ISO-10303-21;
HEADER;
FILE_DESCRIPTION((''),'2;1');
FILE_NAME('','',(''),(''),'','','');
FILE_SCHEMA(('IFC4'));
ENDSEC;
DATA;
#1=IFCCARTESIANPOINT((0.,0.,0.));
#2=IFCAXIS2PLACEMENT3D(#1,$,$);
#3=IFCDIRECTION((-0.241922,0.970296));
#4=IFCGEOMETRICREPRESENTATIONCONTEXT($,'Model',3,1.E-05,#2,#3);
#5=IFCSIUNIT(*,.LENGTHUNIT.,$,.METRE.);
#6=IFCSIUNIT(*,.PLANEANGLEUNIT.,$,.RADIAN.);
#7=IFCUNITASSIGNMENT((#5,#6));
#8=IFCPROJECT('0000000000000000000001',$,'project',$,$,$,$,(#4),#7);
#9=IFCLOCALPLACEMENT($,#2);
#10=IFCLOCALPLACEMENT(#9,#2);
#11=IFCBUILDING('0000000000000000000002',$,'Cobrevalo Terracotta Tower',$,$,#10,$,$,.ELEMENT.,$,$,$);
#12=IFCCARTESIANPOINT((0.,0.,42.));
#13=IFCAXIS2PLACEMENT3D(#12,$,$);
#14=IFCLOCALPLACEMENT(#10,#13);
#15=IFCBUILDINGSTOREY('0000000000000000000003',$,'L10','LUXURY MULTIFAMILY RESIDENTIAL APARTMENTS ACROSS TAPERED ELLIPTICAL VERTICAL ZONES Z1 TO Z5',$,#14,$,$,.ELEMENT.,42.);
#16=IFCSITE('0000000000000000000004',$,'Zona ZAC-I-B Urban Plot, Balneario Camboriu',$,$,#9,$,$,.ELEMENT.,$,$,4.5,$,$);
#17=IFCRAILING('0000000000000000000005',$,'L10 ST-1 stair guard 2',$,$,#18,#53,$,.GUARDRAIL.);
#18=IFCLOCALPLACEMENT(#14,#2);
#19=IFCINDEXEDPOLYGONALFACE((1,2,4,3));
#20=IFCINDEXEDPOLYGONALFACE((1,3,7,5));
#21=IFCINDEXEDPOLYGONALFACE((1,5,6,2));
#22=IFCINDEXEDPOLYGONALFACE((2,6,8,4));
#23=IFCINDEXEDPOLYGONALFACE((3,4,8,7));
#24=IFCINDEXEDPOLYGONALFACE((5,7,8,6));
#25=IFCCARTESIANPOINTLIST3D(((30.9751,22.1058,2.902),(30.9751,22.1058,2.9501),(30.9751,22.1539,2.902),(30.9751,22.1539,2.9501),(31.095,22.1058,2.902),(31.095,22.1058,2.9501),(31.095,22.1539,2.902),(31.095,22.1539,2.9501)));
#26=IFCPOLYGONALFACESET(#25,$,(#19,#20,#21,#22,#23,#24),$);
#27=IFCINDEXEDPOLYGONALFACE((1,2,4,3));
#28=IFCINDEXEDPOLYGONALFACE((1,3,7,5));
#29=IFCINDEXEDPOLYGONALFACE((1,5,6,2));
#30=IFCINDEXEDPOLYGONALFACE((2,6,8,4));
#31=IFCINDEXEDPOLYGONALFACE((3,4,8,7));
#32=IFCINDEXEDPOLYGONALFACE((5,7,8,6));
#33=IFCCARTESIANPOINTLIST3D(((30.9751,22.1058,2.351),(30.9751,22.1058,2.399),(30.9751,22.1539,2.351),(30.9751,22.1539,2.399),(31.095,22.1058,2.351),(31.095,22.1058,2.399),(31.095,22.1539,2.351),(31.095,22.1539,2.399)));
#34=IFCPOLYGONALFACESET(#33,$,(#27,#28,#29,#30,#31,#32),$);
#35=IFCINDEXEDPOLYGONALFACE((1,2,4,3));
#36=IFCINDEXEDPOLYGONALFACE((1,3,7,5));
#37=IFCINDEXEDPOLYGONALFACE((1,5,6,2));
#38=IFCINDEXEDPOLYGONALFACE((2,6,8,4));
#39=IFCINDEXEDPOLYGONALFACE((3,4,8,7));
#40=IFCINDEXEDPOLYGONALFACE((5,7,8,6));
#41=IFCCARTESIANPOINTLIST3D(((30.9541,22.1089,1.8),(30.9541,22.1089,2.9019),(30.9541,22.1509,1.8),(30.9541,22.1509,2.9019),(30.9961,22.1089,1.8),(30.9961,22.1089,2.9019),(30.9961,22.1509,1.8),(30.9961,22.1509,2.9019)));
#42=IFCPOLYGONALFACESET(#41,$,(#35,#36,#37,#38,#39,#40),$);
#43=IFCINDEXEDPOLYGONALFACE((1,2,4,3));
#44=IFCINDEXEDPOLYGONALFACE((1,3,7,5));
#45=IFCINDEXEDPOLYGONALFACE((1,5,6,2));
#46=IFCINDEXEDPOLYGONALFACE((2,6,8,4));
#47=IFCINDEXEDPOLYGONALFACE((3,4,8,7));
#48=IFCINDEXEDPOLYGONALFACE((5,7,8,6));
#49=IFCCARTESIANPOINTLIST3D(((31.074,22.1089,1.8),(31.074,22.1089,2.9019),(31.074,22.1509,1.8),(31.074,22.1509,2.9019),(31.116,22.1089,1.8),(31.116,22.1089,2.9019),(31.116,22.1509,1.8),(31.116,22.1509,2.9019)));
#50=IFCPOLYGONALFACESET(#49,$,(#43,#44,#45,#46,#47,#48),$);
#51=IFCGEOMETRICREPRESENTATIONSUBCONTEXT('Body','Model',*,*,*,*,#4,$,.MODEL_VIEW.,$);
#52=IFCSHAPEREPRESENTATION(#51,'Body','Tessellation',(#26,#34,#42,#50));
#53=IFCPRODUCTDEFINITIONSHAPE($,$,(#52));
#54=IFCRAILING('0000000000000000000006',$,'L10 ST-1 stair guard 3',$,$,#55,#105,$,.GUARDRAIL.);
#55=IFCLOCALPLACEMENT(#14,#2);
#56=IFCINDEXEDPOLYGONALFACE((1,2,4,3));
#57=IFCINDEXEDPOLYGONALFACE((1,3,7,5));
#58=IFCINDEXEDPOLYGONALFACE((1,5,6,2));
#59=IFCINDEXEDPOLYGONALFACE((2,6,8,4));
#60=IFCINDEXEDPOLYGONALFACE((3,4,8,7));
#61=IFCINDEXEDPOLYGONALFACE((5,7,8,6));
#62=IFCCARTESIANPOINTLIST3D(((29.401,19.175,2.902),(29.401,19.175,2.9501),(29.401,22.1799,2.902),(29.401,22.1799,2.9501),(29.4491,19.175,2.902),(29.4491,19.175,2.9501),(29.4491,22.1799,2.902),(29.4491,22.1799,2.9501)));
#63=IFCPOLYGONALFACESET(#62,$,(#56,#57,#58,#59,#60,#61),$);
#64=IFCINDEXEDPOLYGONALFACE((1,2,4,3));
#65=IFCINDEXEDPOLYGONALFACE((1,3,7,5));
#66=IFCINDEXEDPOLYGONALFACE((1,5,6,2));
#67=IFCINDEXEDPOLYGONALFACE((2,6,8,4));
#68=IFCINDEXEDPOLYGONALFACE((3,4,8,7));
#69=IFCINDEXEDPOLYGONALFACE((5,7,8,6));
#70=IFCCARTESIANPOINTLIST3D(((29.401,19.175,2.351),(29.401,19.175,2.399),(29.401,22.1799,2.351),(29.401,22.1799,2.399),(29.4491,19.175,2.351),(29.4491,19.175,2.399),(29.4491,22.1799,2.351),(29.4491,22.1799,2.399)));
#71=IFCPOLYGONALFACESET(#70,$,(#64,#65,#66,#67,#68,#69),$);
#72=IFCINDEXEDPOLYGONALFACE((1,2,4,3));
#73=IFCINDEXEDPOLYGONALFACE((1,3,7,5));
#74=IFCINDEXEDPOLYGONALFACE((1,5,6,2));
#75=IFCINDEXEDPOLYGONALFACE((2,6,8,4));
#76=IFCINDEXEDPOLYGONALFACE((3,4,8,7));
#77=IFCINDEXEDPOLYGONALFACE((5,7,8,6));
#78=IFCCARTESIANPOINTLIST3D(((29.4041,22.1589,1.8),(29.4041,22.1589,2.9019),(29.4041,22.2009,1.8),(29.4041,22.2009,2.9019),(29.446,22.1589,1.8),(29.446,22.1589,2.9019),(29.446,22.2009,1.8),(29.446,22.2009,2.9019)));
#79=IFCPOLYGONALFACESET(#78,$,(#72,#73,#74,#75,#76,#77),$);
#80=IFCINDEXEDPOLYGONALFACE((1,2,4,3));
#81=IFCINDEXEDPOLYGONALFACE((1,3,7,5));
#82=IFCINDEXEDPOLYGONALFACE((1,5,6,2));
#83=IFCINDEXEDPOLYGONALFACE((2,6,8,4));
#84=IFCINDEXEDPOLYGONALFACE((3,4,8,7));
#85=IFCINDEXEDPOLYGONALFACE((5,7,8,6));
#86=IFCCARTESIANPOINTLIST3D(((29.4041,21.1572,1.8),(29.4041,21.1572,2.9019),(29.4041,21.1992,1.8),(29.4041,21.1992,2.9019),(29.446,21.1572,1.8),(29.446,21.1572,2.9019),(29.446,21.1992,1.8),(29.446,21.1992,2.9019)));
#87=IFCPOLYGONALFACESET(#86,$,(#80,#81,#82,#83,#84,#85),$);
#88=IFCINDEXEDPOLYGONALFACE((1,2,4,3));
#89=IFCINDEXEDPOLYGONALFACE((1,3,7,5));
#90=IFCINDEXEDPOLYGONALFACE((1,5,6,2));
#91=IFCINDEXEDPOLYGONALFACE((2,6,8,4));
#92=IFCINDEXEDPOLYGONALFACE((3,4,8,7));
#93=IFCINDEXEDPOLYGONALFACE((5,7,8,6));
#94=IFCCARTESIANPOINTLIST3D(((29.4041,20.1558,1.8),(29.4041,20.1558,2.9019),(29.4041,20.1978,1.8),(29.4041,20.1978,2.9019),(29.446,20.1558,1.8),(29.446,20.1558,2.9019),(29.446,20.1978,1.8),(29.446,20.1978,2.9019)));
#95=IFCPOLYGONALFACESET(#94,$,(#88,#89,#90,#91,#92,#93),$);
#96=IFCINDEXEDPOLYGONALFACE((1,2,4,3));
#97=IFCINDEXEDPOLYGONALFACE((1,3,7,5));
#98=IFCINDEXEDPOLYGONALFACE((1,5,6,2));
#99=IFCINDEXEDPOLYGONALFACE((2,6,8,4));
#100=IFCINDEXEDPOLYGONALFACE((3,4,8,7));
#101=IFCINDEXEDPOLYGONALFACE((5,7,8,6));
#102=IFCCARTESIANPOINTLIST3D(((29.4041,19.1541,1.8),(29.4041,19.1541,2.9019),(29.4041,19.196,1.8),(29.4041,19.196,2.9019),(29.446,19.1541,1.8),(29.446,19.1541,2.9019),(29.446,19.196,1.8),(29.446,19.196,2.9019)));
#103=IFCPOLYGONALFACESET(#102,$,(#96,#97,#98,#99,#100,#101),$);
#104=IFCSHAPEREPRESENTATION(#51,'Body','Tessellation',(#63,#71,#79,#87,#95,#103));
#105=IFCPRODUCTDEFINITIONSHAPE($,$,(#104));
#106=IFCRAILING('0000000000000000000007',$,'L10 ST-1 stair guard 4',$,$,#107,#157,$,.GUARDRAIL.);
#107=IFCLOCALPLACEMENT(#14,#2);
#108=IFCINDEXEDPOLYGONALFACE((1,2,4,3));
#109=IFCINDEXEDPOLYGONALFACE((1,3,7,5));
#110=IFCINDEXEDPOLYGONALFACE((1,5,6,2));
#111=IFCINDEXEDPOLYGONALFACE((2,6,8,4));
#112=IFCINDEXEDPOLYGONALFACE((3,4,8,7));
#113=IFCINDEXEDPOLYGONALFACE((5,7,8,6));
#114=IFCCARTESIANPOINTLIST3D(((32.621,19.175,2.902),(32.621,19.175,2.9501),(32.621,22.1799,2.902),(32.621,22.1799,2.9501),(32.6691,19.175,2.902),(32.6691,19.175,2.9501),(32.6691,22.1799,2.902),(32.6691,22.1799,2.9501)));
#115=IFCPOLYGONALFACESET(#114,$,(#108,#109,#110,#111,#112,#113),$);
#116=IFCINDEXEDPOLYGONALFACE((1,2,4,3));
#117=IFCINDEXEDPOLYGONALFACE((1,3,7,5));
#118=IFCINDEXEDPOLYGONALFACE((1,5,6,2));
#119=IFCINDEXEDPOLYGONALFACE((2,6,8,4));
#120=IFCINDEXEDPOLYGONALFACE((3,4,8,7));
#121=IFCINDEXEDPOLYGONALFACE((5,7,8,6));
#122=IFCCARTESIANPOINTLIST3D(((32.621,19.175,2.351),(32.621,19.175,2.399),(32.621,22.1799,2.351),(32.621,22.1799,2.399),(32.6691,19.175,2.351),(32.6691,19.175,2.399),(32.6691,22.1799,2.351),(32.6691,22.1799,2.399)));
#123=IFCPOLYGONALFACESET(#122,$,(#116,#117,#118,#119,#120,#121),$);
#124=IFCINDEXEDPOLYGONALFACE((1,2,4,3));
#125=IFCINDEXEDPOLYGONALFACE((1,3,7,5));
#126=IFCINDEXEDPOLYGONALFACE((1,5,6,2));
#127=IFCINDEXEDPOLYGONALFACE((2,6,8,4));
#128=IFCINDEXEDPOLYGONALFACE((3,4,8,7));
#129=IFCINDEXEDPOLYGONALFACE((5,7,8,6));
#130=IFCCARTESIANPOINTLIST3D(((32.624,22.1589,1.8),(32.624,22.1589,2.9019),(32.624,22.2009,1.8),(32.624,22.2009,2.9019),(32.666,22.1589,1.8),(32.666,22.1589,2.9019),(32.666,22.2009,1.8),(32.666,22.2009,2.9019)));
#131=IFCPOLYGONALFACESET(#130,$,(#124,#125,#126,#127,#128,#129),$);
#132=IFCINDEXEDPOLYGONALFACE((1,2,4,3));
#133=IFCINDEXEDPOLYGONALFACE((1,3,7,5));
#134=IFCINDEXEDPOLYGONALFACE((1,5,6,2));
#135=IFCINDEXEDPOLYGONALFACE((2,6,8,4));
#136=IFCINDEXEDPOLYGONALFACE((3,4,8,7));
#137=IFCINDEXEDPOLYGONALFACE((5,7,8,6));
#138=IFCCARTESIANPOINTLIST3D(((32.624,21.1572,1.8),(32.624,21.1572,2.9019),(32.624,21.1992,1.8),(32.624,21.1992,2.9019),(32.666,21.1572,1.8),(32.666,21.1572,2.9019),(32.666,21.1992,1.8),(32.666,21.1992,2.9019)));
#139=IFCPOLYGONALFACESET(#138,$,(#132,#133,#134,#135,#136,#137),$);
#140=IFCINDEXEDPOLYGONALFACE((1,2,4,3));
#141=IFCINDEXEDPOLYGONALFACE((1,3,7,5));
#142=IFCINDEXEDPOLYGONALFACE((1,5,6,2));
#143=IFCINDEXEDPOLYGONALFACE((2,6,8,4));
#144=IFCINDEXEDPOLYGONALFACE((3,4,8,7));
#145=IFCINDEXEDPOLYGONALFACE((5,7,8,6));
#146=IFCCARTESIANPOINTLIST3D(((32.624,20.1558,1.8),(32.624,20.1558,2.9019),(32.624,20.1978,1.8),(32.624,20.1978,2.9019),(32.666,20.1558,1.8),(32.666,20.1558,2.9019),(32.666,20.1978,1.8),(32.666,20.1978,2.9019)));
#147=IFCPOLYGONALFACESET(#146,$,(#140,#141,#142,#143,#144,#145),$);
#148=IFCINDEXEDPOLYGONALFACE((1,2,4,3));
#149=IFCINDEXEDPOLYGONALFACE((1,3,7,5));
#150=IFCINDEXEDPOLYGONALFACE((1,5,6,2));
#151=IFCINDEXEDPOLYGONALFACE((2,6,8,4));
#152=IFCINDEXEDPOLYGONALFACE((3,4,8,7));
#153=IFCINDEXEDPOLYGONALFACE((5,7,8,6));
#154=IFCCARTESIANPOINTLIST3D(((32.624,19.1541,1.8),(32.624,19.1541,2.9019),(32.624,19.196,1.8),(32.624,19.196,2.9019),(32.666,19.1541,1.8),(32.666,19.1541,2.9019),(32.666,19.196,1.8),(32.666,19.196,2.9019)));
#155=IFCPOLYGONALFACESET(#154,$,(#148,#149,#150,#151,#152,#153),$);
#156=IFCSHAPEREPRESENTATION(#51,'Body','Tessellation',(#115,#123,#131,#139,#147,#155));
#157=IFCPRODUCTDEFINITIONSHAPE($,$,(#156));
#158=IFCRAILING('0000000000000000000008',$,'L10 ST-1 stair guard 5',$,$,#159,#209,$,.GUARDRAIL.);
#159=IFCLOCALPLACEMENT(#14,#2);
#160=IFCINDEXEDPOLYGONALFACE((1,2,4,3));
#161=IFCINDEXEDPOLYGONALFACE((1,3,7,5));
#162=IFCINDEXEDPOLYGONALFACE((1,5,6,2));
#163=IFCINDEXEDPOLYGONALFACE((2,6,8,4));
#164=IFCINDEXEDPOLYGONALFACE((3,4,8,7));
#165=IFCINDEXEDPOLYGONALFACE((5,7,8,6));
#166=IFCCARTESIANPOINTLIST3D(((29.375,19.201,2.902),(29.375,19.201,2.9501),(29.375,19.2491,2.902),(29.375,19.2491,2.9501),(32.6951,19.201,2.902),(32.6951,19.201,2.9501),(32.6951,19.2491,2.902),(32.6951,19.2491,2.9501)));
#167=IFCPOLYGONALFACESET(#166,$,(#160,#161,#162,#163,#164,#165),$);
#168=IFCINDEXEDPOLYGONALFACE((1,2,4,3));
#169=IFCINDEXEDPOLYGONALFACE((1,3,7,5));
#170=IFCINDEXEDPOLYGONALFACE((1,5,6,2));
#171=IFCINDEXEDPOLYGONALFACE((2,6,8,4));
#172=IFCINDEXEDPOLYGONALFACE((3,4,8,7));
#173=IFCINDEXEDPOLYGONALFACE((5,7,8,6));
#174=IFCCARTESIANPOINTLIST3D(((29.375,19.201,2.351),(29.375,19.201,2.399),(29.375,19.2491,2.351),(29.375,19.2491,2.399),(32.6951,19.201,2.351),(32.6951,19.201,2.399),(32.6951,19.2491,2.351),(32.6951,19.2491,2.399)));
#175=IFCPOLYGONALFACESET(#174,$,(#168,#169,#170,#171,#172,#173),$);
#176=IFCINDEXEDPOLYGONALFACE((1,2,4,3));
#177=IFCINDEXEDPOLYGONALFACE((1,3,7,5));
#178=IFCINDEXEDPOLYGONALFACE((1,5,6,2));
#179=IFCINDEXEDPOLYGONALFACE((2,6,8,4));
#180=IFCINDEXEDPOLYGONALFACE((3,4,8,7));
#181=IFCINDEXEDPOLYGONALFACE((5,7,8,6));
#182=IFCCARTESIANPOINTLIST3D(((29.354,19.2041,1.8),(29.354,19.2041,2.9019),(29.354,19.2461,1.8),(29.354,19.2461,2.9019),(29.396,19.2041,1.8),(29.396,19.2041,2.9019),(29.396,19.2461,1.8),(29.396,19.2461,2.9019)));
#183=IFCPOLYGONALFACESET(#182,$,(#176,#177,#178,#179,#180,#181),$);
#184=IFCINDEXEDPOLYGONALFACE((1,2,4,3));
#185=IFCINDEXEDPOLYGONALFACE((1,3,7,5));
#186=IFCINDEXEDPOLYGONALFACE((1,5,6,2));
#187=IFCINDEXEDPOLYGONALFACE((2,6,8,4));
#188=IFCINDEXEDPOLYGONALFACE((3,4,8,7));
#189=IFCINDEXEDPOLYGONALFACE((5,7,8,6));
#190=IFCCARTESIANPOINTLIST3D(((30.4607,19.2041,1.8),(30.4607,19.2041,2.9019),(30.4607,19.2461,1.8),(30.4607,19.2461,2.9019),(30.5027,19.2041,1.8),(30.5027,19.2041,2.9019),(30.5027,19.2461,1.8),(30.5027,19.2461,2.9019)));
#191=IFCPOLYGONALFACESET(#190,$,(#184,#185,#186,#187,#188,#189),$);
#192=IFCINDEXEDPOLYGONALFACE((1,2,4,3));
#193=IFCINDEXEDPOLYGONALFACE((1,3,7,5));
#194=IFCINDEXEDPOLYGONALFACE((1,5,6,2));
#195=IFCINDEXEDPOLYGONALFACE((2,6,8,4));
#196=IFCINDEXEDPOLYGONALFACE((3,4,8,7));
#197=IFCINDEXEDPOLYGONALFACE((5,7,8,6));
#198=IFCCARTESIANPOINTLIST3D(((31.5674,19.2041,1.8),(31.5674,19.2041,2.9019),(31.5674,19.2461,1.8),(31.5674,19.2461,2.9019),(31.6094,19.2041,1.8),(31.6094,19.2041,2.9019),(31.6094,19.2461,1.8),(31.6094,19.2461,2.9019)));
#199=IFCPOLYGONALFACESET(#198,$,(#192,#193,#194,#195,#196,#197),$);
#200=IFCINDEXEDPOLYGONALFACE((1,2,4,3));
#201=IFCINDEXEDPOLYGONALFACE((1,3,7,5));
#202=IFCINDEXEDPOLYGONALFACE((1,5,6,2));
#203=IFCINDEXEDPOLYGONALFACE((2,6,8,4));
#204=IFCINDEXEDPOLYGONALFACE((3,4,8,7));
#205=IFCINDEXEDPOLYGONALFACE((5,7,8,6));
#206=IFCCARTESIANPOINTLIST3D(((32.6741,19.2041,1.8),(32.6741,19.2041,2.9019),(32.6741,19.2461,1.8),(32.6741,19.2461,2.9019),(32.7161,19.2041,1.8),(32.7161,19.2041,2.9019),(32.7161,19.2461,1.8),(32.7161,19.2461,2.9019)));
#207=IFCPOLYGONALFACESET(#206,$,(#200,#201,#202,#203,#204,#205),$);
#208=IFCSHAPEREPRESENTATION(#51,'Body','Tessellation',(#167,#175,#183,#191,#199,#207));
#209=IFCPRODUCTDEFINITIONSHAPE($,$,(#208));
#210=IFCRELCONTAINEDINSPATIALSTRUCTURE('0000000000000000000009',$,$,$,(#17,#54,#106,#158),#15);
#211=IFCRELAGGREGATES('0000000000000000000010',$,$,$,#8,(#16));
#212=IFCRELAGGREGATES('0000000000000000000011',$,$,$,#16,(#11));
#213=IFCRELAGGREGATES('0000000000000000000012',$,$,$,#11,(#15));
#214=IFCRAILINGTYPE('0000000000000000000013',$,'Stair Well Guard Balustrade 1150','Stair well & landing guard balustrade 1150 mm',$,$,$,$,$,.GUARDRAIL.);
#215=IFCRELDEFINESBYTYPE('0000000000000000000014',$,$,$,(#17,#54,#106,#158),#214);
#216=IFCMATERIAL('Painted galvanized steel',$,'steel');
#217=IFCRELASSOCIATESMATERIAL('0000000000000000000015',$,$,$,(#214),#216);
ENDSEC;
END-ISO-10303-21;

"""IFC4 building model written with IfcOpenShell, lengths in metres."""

from ifc_helpers import new_model, si_unit, direction, frame, origin, origin_2d, place, context, subcontext, project, spatial, rectangle, extrude, material, type_object, element, save


model = new_model("IFC4")

# Units and contexts
model_context = context("Model", 3, precision=1e-05, world=origin(), true_north=direction((-0.241922, 0.970296)))
body_context = subcontext(model_context, "Body", "Model", "MODEL_VIEW")
ifc_project = project(units=[si_unit("LENGTHUNIT", "METRE"), si_unit("PLANEANGLEUNIT", "RADIAN")], contexts=[model_context])

# Site, building, storey
site_placement = place(None, origin())
site = spatial("IfcSite", under=ifc_project, at=site_placement, Name="Zona ZAC-I-B Urban Plot, Balneario Camboriu", CompositionType="ELEMENT", RefElevation=4.5)
building_placement = place(site_placement, origin())
building = spatial("IfcBuilding", under=site, at=building_placement, Name="Cobrevalo Terracotta Tower", CompositionType="ELEMENT")
storey_placement = place(building_placement, frame((0.0, 0.0, 42.0)))
storey = spatial("IfcBuildingStorey", under=building, at=storey_placement, Name="L10", Description="LUXURY MULTIFAMILY RESIDENTIAL APARTMENTS ACROSS TAPERED ELLIPTICAL VERTICAL ZONES Z1 TO Z5", CompositionType="ELEMENT", Elevation=42.0)

# Railings
ifc_material_1 = material(Name="Painted galvanized steel", Category="steel")
railing_type_1 = type_object("IfcRailingType", Name="Stair Well Guard Balustrade 1150", Description="Stair well & landing guard balustrade 1150 mm", PredefinedType="GUARDRAIL", material=ifc_material_1)
railing_1_placement = place(storey_placement, frame((30.9751, 22.1299, 1.8)))
element("IfcRailing", 1, at=railing_1_placement, inside=storey, type_object=railing_type_1, Name="L10 ST-1 stair guard 2", PredefinedType="GUARDRAIL", context=body_context, shape_type="SweptSolid", body=[
    extrude(rectangle(XDim=0.0481, YDim=0.0481, at=origin_2d()), frame((0.0, 0.0, 1.126), z_axis=(1.0, 0.0, 0.0), x_axis=(0.0, 1.0, 0.0)), (0.0, 0.0, 1.0), 0.1199),
    extrude(rectangle(XDim=0.0481, YDim=0.0481, at=origin_2d()), frame((0.0, 0.0, 0.575), z_axis=(1.0, 0.0, 0.0), x_axis=(0.0, 1.0, 0.0)), (0.0, 0.0, 1.0), 0.1199),
    extrude(rectangle(XDim=0.042, YDim=0.042, at=origin_2d()), origin(), (0.0, 0.0, 1.0), 1.1018),
    extrude(rectangle(XDim=0.042, YDim=0.042, at=origin_2d()), frame((0.1199, 0.0, 0.0)), (0.0, 0.0, 1.0), 1.1018),
])
for number, where, name in (
    (2, (29.425, 22.1799, 1.8), "L10 ST-1 stair guard 3"),
    (3, (32.645, 22.1799, 1.8), "L10 ST-1 stair guard 4"),
):
    element("IfcRailing", number, at=place(storey_placement, frame(where)), inside=storey, type_object=railing_type_1, Name=name, PredefinedType="GUARDRAIL", context=body_context, shape_type="SweptSolid", body=[
        extrude(rectangle(XDim=0.0481, YDim=0.0481, at=origin_2d()), frame((0.0, 0.0, 1.126), z_axis=(0.0, -1.0, 0.0), x_axis=(1.0, 0.0, 0.0)), (0.0, 0.0, 1.0), 3.0049),
        extrude(rectangle(XDim=0.0481, YDim=0.0481, at=origin_2d()), frame((0.0, 0.0, 0.575), z_axis=(0.0, -1.0, 0.0), x_axis=(1.0, 0.0, 0.0)), (0.0, 0.0, 1.0), 3.0049),
        extrude(rectangle(XDim=0.042, YDim=0.042, at=origin_2d()), origin(), (0.0, 0.0, 1.0), 1.1018),
        extrude(rectangle(XDim=0.042, YDim=0.042, at=origin_2d()), frame((0.0, -1.0017, 0.0)), (0.0, 0.0, 1.0), 1.1018),
        extrude(rectangle(XDim=0.042, YDim=0.042, at=origin_2d()), frame((0.0, -2.0032, 0.0)), (0.0, 0.0, 1.0), 1.1018),
        extrude(rectangle(XDim=0.042, YDim=0.042, at=origin_2d()), frame((0.0, -3.0049, 0.0)), (0.0, 0.0, 1.0), 1.1018),
    ])
railing_2_placement = place(storey_placement, frame((29.375, 19.2251, 1.8)))
element("IfcRailing", 4, at=railing_2_placement, inside=storey, type_object=railing_type_1, Name="L10 ST-1 stair guard 5", PredefinedType="GUARDRAIL", context=body_context, shape_type="SweptSolid", body=[
    extrude(rectangle(XDim=0.0481, YDim=0.0481, at=origin_2d()), frame((0.0, 0.0, 1.126), z_axis=(1.0, 0.0, 0.0), x_axis=(0.0, 1.0, 0.0)), (0.0, 0.0, 1.0), 3.3201),
    extrude(rectangle(XDim=0.0481, YDim=0.0481, at=origin_2d()), frame((0.0, 0.0, 0.575), z_axis=(1.0, 0.0, 0.0), x_axis=(0.0, 1.0, 0.0)), (0.0, 0.0, 1.0), 3.3201),
    extrude(rectangle(XDim=0.042, YDim=0.042, at=origin_2d()), origin(), (0.0, 0.0, 1.0), 1.1018),
    extrude(rectangle(XDim=0.042, YDim=0.042, at=origin_2d()), frame((1.1067, 0.0, 0.0)), (0.0, 0.0, 1.0), 1.1018),
    extrude(rectangle(XDim=0.042, YDim=0.042, at=origin_2d()), frame((2.2134, 0.0, 0.0)), (0.0, 0.0, 1.0), 1.1018),
    extrude(rectangle(XDim=0.042, YDim=0.042, at=origin_2d()), frame((3.3201, 0.0, 0.0)), (0.0, 0.0, 1.0), 1.1018),
])

save(model, "model.ifc")
